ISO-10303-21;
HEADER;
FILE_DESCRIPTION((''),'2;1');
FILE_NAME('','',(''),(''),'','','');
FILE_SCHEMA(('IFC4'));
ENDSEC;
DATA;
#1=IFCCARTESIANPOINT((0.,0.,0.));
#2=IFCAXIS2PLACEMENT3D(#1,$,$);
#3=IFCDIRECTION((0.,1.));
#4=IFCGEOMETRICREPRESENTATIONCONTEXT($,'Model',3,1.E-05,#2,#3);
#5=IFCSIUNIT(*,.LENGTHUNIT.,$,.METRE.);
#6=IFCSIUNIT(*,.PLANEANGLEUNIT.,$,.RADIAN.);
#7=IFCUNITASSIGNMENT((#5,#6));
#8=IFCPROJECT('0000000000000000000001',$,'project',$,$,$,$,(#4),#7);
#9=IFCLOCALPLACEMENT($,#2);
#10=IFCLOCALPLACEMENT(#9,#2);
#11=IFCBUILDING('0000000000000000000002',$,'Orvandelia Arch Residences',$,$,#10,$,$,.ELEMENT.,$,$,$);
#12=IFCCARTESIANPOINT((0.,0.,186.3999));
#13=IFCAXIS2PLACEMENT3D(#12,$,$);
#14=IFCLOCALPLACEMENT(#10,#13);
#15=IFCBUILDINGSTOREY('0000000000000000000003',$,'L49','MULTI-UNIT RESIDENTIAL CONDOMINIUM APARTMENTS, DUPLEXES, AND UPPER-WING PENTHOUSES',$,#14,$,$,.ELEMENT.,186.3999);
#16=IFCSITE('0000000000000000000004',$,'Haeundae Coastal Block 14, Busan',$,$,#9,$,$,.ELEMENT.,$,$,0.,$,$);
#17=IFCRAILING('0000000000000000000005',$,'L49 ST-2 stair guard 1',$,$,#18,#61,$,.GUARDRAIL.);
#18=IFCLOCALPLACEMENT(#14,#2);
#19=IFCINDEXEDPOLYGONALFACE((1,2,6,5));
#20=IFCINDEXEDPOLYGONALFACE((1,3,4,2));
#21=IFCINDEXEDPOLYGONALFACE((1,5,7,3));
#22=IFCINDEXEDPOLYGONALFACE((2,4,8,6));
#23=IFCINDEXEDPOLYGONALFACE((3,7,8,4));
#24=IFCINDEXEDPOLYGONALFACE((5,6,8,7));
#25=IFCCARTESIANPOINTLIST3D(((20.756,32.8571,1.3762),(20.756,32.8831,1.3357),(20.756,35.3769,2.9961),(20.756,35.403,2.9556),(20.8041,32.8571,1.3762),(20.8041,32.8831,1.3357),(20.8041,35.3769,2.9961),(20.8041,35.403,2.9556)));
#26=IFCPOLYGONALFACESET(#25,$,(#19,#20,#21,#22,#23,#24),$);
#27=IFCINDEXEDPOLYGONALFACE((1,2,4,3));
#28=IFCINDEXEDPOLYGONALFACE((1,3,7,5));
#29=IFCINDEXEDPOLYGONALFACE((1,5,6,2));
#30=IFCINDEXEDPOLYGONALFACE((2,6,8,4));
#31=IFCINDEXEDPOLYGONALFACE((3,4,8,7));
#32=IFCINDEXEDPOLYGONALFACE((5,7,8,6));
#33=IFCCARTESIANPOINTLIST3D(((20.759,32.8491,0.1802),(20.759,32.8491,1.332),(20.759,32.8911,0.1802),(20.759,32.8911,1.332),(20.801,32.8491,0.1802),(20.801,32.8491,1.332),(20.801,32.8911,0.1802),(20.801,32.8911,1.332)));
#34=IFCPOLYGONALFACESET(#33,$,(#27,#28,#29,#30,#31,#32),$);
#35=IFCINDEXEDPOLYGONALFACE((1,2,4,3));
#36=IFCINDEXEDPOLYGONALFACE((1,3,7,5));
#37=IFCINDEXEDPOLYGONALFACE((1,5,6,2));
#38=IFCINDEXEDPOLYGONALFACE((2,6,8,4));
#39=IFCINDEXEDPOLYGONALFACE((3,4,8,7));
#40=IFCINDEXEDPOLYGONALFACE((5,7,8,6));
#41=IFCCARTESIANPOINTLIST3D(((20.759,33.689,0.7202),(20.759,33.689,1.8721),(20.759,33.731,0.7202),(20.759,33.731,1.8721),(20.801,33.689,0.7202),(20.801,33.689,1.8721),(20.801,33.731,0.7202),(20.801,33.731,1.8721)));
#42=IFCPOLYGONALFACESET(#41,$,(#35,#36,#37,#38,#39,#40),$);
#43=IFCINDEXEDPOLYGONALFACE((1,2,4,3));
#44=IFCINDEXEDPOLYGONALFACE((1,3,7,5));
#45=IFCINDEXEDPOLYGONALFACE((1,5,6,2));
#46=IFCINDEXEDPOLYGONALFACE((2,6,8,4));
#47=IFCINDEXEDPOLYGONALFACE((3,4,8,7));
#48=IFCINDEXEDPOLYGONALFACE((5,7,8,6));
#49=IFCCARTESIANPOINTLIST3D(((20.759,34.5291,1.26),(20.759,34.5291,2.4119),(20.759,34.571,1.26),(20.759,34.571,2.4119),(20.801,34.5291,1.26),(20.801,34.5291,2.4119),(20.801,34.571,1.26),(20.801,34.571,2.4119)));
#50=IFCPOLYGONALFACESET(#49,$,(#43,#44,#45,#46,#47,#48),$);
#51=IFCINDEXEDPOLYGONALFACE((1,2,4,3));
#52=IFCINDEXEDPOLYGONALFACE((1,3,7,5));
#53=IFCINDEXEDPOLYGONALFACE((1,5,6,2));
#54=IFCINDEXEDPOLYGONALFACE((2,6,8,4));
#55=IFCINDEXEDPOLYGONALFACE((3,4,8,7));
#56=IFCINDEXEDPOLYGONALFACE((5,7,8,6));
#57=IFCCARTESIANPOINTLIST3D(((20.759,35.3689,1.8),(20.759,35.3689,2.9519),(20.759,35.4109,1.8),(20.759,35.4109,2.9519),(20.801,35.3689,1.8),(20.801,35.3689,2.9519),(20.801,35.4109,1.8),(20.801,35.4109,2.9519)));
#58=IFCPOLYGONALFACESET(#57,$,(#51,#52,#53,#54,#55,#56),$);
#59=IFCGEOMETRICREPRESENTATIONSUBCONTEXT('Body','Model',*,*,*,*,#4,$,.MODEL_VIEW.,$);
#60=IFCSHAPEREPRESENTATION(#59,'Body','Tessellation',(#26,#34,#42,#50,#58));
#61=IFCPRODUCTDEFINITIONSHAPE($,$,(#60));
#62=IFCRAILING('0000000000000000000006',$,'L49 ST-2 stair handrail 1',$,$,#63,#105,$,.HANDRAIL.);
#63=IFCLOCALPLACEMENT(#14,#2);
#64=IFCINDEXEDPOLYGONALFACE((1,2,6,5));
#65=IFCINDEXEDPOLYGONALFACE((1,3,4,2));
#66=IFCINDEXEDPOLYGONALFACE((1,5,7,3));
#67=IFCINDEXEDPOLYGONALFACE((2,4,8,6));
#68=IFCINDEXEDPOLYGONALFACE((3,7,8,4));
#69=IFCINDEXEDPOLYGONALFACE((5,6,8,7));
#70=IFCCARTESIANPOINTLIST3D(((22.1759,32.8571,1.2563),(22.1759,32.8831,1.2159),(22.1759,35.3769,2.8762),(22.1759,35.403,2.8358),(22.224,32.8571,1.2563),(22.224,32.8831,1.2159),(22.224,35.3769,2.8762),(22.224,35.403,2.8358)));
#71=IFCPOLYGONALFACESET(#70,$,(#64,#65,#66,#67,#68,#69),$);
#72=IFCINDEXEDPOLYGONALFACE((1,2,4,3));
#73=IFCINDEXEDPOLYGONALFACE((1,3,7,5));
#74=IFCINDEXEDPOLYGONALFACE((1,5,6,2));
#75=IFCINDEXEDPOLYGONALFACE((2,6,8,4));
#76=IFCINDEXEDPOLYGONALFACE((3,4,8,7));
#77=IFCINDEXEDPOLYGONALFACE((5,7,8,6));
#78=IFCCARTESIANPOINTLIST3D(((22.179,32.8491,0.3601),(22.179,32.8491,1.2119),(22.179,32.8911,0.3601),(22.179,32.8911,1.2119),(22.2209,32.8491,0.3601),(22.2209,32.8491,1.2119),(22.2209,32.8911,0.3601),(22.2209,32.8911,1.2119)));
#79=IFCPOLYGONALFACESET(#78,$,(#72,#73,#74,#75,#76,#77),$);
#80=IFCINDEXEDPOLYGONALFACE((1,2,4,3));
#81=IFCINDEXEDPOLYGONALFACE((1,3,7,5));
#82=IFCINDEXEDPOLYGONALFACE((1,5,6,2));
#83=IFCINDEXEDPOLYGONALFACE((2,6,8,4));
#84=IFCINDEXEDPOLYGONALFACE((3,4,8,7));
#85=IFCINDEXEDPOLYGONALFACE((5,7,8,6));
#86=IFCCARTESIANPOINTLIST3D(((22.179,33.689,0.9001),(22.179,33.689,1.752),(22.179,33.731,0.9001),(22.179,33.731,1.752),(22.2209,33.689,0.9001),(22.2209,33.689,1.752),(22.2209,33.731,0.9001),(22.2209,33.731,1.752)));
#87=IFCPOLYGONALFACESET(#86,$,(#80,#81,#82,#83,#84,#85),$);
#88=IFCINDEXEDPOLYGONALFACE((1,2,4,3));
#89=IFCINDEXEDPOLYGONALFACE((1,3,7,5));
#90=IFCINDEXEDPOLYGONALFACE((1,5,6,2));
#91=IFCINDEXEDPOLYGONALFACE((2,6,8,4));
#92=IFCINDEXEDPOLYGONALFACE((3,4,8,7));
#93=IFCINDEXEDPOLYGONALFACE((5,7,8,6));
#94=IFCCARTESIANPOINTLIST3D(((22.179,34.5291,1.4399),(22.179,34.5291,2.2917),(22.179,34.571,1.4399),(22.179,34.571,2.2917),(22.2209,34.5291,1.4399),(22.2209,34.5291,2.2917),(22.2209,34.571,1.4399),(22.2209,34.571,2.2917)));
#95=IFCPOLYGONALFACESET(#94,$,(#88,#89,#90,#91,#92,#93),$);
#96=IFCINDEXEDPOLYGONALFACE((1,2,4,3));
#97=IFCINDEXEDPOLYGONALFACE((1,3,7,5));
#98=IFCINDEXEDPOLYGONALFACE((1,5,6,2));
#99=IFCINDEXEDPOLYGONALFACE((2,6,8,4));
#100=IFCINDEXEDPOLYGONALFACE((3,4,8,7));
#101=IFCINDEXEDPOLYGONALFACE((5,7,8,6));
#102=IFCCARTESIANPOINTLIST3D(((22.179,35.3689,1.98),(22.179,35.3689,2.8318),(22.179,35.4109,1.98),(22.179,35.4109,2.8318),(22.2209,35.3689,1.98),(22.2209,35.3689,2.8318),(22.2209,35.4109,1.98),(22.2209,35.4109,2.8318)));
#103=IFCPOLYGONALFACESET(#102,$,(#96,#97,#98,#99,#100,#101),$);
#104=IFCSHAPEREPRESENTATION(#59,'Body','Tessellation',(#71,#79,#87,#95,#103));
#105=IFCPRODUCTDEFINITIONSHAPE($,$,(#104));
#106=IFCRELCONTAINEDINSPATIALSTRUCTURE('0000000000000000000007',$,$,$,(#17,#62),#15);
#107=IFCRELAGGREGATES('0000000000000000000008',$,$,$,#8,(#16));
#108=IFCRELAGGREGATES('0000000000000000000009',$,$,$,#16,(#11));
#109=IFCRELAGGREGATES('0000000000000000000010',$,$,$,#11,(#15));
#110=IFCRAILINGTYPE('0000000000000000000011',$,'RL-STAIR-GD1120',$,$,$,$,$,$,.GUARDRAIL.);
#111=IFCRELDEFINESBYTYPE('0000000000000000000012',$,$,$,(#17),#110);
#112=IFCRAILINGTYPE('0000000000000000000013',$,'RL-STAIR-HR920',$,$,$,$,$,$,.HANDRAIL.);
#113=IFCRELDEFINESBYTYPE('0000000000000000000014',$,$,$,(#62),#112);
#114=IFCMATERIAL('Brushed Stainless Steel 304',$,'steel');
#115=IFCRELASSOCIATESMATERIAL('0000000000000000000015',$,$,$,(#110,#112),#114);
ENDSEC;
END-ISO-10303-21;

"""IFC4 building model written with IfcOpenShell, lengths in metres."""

from ifc_helpers import new_model, si_unit, direction, frame, origin, origin_2d, place, context, subcontext, project, spatial, rectangle, extrude, material, type_object, element, save


model = new_model("IFC4")

# Units and contexts
model_context = context("Model", 3, precision=1e-05, world=origin(), true_north=direction((0.0, 1.0)))
body_context = subcontext(model_context, "Body", "Model", "MODEL_VIEW")
ifc_project = project(units=[si_unit("LENGTHUNIT", "METRE"), si_unit("PLANEANGLEUNIT", "RADIAN")], contexts=[model_context])

# Site, building, storey
site_placement = place(None, origin())
site = spatial("IfcSite", under=ifc_project, at=site_placement, Name="Haeundae Coastal Block 14, Busan", CompositionType="ELEMENT", RefElevation=0.0)
building_placement = place(site_placement, origin())
building = spatial("IfcBuilding", under=site, at=building_placement, Name="Orvandelia Arch Residences", CompositionType="ELEMENT")
storey_placement = place(building_placement, frame((0.0, 0.0, 186.3999)))
storey = spatial("IfcBuildingStorey", under=building, at=storey_placement, Name="L49", Description="MULTI-UNIT RESIDENTIAL CONDOMINIUM APARTMENTS, DUPLEXES, AND UPPER-WING PENTHOUSES", CompositionType="ELEMENT", Elevation=186.3999)

# Railings
ifc_material_1 = material(Name="Brushed Stainless Steel 304", Category="steel")
railing_type_1 = type_object("IfcRailingType", Name="RL-STAIR-GD1120", PredefinedType="GUARDRAIL", material=ifc_material_1)
railing_1_placement = place(storey_placement, frame((20.78, 32.8701, 0.1802)))
element("IfcRailing", 1, at=railing_1_placement, inside=storey, type_object=railing_type_1, Name="L49 ST-2 stair guard 1", PredefinedType="GUARDRAIL", context=body_context, shape_type="SweptSolid", body=[
    extrude(rectangle(XDim=0.0481, YDim=0.0481, at=origin_2d()), frame((0.0, 0.0, 1.1758), z_axis=(0.0, 0.841176, 0.540762), x_axis=(-1.0, 0.0, 0.0)), (0.0, 0.0, 1.0), 2.9956),
    extrude(rectangle(XDim=0.042, YDim=0.042, at=origin_2d()), origin(), (0.0, 0.0, 1.0), 1.1519),
    extrude(rectangle(XDim=0.042, YDim=0.042, at=origin_2d()), frame((0.0, 0.8398, 0.54)), (0.0, 0.0, 1.0), 1.1519),
    extrude(rectangle(XDim=0.042, YDim=0.042, at=origin_2d()), frame((0.0, 1.6799, 1.0798)), (0.0, 0.0, 1.0), 1.1519),
    extrude(rectangle(XDim=0.042, YDim=0.042, at=origin_2d()), frame((0.0, 2.5198, 1.6199)), (0.0, 0.0, 1.0), 1.1519),
])
railing_type_2 = type_object("IfcRailingType", Name="RL-STAIR-HR920", PredefinedType="HANDRAIL", material=ifc_material_1)
railing_2_placement = place(storey_placement, frame((22.2, 32.8701, 0.3601)))
element("IfcRailing", 2, at=railing_2_placement, inside=storey, type_object=railing_type_2, Name="L49 ST-2 stair handrail 1", PredefinedType="HANDRAIL", context=body_context, shape_type="SweptSolid", body=[
    extrude(rectangle(XDim=0.0481, YDim=0.0481, at=origin_2d()), frame((0.0, 0.0, 0.876), z_axis=(0.0, 0.841176, 0.540762), x_axis=(-1.0, 0.0, 0.0)), (0.0, 0.0, 1.0), 2.9956),
    extrude(rectangle(XDim=0.042, YDim=0.042, at=origin_2d()), origin(), (0.0, 0.0, 1.0), 0.8518),
    extrude(rectangle(XDim=0.042, YDim=0.042, at=origin_2d()), frame((0.0, 0.8398, 0.54)), (0.0, 0.0, 1.0), 0.8518),
    extrude(rectangle(XDim=0.042, YDim=0.042, at=origin_2d()), frame((0.0, 1.6799, 1.0798)), (0.0, 0.0, 1.0), 0.8518),
    extrude(rectangle(XDim=0.042, YDim=0.042, at=origin_2d()), frame((0.0, 2.5198, 1.6199)), (0.0, 0.0, 1.0), 0.8518),
])

save(model, "model.ifc")
